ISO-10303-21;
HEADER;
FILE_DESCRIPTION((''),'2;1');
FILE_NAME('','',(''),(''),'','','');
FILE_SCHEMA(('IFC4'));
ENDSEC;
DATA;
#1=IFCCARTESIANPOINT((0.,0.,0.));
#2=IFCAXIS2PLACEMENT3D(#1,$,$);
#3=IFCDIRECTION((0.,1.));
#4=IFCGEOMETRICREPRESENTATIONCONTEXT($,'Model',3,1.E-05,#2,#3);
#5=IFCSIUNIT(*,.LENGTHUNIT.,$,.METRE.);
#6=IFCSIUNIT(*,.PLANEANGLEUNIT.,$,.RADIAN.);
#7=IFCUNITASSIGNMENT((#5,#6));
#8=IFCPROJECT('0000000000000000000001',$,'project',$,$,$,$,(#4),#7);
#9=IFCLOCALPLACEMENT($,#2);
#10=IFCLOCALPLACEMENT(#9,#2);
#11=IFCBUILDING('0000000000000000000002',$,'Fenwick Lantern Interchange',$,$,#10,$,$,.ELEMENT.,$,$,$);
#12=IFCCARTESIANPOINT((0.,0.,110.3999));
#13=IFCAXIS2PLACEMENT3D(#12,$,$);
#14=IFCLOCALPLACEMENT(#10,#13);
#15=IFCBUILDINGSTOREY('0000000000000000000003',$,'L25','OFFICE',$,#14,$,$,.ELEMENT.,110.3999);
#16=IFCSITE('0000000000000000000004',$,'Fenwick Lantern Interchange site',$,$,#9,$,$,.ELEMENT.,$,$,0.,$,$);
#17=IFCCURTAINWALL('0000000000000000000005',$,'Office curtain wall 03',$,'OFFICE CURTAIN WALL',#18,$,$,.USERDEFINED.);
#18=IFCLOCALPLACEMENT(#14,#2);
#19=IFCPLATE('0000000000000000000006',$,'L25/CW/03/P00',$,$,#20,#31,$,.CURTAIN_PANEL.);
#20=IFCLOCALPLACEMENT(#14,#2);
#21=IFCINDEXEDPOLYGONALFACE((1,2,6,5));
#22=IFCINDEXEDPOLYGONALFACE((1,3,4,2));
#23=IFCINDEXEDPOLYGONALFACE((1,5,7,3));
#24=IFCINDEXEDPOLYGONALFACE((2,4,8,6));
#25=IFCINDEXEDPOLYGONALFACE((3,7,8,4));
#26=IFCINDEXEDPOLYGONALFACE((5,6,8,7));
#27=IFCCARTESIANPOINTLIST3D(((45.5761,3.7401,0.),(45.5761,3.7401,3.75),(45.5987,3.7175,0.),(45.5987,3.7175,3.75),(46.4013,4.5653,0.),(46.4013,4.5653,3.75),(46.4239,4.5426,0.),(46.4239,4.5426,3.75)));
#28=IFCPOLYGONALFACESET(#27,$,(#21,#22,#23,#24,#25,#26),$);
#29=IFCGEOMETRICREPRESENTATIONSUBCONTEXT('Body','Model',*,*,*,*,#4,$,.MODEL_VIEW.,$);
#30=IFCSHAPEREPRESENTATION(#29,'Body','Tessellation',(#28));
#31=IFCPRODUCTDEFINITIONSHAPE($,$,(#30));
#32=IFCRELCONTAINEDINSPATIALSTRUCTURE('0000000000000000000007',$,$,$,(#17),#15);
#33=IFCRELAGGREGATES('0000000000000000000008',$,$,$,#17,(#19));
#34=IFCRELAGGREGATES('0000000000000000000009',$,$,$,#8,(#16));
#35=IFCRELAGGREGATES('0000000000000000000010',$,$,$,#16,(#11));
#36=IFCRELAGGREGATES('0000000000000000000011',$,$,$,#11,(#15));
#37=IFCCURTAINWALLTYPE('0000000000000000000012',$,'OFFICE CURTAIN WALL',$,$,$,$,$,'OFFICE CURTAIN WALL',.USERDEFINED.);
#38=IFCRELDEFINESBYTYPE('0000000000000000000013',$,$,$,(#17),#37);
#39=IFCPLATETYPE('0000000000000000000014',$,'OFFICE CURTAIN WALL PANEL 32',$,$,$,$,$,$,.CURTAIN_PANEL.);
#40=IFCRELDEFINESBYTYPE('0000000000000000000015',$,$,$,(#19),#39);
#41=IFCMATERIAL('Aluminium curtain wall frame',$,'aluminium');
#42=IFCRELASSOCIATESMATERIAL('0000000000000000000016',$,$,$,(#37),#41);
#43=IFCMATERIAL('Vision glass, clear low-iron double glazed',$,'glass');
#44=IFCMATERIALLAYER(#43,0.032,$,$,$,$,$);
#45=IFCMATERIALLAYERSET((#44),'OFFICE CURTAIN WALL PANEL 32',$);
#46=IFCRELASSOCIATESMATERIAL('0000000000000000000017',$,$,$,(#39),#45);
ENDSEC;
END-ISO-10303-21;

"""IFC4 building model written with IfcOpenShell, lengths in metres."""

from ifc_helpers import new_model, si_unit, direction, frame, origin, origin_2d, place, context, subcontext, project, spatial, rectangle, extrude, material, layer, layer_set, type_object, element, aggregate, save


model = new_model("IFC4")

# Units and contexts
model_context = context("Model", 3, precision=1e-05, world=origin(), true_north=direction((0.0, 1.0)))
body_context = subcontext(model_context, "Body", "Model", "MODEL_VIEW")
ifc_project = project(units=[si_unit("LENGTHUNIT", "METRE"), si_unit("PLANEANGLEUNIT", "RADIAN")], contexts=[model_context])

# Site, building, storey
site_placement = place(None, origin())
site = spatial("IfcSite", under=ifc_project, at=site_placement, Name="Fenwick Lantern Interchange site", CompositionType="ELEMENT", RefElevation=0.0)
building_placement = place(site_placement, origin())
building = spatial("IfcBuilding", under=site, at=building_placement, Name="Fenwick Lantern Interchange", CompositionType="ELEMENT")
storey_placement = place(building_placement, frame((0.0, 0.0, 110.3999)))
storey = spatial("IfcBuildingStorey", under=building, at=storey_placement, Name="L25", Description="OFFICE", CompositionType="ELEMENT", Elevation=110.3999)

# Shared definitions
ifc_material_1 = material(Name="Aluminium curtain wall frame", Category="aluminium")
curtain_wall_type = type_object("IfcCurtainWallType", Name="OFFICE CURTAIN WALL", ElementType="OFFICE CURTAIN WALL", PredefinedType="USERDEFINED", material=ifc_material_1)

# Curtain wall
curtain_wall_1_placement = place(storey_placement, origin())
curtain_wall_1 = element("IfcCurtainWall", 1, at=curtain_wall_1_placement, inside=storey, type_object=curtain_wall_type, Name="Office curtain wall 03", ObjectType="OFFICE CURTAIN WALL", PredefinedType="USERDEFINED")

# Plate
ifc_material_2 = material(Name="Vision glass, clear low-iron double glazed", Category="glass")
ifc_layer_1 = layer(ifc_material_2, 0.032)
ifc_layer_set_1 = layer_set([ifc_layer_1], Name="OFFICE CURTAIN WALL PANEL 32")
plate_type = type_object("IfcPlateType", Name="OFFICE CURTAIN WALL PANEL 32", PredefinedType="CURTAIN_PANEL", material=ifc_layer_set_1)
plate_1_placement = place(storey_placement, frame((46.0, 4.1414, 0.0), z_axis=(0.0, 0.0, 1.0), x_axis=(0.707107, 0.707107, 0.0)))
plate_1 = element("IfcPlate", 2, at=plate_1_placement, type_object=plate_type, Name="L25/CW/03/P00", PredefinedType="CURTAIN_PANEL", context=body_context, shape_type="SweptSolid", body=[
    extrude(rectangle(XDim=1.167, YDim=0.032, at=origin_2d()), origin(), (0.0, 0.0, 1.0), 3.75),
])
aggregate(curtain_wall_1, [plate_1])

save(model, "model.ifc")
